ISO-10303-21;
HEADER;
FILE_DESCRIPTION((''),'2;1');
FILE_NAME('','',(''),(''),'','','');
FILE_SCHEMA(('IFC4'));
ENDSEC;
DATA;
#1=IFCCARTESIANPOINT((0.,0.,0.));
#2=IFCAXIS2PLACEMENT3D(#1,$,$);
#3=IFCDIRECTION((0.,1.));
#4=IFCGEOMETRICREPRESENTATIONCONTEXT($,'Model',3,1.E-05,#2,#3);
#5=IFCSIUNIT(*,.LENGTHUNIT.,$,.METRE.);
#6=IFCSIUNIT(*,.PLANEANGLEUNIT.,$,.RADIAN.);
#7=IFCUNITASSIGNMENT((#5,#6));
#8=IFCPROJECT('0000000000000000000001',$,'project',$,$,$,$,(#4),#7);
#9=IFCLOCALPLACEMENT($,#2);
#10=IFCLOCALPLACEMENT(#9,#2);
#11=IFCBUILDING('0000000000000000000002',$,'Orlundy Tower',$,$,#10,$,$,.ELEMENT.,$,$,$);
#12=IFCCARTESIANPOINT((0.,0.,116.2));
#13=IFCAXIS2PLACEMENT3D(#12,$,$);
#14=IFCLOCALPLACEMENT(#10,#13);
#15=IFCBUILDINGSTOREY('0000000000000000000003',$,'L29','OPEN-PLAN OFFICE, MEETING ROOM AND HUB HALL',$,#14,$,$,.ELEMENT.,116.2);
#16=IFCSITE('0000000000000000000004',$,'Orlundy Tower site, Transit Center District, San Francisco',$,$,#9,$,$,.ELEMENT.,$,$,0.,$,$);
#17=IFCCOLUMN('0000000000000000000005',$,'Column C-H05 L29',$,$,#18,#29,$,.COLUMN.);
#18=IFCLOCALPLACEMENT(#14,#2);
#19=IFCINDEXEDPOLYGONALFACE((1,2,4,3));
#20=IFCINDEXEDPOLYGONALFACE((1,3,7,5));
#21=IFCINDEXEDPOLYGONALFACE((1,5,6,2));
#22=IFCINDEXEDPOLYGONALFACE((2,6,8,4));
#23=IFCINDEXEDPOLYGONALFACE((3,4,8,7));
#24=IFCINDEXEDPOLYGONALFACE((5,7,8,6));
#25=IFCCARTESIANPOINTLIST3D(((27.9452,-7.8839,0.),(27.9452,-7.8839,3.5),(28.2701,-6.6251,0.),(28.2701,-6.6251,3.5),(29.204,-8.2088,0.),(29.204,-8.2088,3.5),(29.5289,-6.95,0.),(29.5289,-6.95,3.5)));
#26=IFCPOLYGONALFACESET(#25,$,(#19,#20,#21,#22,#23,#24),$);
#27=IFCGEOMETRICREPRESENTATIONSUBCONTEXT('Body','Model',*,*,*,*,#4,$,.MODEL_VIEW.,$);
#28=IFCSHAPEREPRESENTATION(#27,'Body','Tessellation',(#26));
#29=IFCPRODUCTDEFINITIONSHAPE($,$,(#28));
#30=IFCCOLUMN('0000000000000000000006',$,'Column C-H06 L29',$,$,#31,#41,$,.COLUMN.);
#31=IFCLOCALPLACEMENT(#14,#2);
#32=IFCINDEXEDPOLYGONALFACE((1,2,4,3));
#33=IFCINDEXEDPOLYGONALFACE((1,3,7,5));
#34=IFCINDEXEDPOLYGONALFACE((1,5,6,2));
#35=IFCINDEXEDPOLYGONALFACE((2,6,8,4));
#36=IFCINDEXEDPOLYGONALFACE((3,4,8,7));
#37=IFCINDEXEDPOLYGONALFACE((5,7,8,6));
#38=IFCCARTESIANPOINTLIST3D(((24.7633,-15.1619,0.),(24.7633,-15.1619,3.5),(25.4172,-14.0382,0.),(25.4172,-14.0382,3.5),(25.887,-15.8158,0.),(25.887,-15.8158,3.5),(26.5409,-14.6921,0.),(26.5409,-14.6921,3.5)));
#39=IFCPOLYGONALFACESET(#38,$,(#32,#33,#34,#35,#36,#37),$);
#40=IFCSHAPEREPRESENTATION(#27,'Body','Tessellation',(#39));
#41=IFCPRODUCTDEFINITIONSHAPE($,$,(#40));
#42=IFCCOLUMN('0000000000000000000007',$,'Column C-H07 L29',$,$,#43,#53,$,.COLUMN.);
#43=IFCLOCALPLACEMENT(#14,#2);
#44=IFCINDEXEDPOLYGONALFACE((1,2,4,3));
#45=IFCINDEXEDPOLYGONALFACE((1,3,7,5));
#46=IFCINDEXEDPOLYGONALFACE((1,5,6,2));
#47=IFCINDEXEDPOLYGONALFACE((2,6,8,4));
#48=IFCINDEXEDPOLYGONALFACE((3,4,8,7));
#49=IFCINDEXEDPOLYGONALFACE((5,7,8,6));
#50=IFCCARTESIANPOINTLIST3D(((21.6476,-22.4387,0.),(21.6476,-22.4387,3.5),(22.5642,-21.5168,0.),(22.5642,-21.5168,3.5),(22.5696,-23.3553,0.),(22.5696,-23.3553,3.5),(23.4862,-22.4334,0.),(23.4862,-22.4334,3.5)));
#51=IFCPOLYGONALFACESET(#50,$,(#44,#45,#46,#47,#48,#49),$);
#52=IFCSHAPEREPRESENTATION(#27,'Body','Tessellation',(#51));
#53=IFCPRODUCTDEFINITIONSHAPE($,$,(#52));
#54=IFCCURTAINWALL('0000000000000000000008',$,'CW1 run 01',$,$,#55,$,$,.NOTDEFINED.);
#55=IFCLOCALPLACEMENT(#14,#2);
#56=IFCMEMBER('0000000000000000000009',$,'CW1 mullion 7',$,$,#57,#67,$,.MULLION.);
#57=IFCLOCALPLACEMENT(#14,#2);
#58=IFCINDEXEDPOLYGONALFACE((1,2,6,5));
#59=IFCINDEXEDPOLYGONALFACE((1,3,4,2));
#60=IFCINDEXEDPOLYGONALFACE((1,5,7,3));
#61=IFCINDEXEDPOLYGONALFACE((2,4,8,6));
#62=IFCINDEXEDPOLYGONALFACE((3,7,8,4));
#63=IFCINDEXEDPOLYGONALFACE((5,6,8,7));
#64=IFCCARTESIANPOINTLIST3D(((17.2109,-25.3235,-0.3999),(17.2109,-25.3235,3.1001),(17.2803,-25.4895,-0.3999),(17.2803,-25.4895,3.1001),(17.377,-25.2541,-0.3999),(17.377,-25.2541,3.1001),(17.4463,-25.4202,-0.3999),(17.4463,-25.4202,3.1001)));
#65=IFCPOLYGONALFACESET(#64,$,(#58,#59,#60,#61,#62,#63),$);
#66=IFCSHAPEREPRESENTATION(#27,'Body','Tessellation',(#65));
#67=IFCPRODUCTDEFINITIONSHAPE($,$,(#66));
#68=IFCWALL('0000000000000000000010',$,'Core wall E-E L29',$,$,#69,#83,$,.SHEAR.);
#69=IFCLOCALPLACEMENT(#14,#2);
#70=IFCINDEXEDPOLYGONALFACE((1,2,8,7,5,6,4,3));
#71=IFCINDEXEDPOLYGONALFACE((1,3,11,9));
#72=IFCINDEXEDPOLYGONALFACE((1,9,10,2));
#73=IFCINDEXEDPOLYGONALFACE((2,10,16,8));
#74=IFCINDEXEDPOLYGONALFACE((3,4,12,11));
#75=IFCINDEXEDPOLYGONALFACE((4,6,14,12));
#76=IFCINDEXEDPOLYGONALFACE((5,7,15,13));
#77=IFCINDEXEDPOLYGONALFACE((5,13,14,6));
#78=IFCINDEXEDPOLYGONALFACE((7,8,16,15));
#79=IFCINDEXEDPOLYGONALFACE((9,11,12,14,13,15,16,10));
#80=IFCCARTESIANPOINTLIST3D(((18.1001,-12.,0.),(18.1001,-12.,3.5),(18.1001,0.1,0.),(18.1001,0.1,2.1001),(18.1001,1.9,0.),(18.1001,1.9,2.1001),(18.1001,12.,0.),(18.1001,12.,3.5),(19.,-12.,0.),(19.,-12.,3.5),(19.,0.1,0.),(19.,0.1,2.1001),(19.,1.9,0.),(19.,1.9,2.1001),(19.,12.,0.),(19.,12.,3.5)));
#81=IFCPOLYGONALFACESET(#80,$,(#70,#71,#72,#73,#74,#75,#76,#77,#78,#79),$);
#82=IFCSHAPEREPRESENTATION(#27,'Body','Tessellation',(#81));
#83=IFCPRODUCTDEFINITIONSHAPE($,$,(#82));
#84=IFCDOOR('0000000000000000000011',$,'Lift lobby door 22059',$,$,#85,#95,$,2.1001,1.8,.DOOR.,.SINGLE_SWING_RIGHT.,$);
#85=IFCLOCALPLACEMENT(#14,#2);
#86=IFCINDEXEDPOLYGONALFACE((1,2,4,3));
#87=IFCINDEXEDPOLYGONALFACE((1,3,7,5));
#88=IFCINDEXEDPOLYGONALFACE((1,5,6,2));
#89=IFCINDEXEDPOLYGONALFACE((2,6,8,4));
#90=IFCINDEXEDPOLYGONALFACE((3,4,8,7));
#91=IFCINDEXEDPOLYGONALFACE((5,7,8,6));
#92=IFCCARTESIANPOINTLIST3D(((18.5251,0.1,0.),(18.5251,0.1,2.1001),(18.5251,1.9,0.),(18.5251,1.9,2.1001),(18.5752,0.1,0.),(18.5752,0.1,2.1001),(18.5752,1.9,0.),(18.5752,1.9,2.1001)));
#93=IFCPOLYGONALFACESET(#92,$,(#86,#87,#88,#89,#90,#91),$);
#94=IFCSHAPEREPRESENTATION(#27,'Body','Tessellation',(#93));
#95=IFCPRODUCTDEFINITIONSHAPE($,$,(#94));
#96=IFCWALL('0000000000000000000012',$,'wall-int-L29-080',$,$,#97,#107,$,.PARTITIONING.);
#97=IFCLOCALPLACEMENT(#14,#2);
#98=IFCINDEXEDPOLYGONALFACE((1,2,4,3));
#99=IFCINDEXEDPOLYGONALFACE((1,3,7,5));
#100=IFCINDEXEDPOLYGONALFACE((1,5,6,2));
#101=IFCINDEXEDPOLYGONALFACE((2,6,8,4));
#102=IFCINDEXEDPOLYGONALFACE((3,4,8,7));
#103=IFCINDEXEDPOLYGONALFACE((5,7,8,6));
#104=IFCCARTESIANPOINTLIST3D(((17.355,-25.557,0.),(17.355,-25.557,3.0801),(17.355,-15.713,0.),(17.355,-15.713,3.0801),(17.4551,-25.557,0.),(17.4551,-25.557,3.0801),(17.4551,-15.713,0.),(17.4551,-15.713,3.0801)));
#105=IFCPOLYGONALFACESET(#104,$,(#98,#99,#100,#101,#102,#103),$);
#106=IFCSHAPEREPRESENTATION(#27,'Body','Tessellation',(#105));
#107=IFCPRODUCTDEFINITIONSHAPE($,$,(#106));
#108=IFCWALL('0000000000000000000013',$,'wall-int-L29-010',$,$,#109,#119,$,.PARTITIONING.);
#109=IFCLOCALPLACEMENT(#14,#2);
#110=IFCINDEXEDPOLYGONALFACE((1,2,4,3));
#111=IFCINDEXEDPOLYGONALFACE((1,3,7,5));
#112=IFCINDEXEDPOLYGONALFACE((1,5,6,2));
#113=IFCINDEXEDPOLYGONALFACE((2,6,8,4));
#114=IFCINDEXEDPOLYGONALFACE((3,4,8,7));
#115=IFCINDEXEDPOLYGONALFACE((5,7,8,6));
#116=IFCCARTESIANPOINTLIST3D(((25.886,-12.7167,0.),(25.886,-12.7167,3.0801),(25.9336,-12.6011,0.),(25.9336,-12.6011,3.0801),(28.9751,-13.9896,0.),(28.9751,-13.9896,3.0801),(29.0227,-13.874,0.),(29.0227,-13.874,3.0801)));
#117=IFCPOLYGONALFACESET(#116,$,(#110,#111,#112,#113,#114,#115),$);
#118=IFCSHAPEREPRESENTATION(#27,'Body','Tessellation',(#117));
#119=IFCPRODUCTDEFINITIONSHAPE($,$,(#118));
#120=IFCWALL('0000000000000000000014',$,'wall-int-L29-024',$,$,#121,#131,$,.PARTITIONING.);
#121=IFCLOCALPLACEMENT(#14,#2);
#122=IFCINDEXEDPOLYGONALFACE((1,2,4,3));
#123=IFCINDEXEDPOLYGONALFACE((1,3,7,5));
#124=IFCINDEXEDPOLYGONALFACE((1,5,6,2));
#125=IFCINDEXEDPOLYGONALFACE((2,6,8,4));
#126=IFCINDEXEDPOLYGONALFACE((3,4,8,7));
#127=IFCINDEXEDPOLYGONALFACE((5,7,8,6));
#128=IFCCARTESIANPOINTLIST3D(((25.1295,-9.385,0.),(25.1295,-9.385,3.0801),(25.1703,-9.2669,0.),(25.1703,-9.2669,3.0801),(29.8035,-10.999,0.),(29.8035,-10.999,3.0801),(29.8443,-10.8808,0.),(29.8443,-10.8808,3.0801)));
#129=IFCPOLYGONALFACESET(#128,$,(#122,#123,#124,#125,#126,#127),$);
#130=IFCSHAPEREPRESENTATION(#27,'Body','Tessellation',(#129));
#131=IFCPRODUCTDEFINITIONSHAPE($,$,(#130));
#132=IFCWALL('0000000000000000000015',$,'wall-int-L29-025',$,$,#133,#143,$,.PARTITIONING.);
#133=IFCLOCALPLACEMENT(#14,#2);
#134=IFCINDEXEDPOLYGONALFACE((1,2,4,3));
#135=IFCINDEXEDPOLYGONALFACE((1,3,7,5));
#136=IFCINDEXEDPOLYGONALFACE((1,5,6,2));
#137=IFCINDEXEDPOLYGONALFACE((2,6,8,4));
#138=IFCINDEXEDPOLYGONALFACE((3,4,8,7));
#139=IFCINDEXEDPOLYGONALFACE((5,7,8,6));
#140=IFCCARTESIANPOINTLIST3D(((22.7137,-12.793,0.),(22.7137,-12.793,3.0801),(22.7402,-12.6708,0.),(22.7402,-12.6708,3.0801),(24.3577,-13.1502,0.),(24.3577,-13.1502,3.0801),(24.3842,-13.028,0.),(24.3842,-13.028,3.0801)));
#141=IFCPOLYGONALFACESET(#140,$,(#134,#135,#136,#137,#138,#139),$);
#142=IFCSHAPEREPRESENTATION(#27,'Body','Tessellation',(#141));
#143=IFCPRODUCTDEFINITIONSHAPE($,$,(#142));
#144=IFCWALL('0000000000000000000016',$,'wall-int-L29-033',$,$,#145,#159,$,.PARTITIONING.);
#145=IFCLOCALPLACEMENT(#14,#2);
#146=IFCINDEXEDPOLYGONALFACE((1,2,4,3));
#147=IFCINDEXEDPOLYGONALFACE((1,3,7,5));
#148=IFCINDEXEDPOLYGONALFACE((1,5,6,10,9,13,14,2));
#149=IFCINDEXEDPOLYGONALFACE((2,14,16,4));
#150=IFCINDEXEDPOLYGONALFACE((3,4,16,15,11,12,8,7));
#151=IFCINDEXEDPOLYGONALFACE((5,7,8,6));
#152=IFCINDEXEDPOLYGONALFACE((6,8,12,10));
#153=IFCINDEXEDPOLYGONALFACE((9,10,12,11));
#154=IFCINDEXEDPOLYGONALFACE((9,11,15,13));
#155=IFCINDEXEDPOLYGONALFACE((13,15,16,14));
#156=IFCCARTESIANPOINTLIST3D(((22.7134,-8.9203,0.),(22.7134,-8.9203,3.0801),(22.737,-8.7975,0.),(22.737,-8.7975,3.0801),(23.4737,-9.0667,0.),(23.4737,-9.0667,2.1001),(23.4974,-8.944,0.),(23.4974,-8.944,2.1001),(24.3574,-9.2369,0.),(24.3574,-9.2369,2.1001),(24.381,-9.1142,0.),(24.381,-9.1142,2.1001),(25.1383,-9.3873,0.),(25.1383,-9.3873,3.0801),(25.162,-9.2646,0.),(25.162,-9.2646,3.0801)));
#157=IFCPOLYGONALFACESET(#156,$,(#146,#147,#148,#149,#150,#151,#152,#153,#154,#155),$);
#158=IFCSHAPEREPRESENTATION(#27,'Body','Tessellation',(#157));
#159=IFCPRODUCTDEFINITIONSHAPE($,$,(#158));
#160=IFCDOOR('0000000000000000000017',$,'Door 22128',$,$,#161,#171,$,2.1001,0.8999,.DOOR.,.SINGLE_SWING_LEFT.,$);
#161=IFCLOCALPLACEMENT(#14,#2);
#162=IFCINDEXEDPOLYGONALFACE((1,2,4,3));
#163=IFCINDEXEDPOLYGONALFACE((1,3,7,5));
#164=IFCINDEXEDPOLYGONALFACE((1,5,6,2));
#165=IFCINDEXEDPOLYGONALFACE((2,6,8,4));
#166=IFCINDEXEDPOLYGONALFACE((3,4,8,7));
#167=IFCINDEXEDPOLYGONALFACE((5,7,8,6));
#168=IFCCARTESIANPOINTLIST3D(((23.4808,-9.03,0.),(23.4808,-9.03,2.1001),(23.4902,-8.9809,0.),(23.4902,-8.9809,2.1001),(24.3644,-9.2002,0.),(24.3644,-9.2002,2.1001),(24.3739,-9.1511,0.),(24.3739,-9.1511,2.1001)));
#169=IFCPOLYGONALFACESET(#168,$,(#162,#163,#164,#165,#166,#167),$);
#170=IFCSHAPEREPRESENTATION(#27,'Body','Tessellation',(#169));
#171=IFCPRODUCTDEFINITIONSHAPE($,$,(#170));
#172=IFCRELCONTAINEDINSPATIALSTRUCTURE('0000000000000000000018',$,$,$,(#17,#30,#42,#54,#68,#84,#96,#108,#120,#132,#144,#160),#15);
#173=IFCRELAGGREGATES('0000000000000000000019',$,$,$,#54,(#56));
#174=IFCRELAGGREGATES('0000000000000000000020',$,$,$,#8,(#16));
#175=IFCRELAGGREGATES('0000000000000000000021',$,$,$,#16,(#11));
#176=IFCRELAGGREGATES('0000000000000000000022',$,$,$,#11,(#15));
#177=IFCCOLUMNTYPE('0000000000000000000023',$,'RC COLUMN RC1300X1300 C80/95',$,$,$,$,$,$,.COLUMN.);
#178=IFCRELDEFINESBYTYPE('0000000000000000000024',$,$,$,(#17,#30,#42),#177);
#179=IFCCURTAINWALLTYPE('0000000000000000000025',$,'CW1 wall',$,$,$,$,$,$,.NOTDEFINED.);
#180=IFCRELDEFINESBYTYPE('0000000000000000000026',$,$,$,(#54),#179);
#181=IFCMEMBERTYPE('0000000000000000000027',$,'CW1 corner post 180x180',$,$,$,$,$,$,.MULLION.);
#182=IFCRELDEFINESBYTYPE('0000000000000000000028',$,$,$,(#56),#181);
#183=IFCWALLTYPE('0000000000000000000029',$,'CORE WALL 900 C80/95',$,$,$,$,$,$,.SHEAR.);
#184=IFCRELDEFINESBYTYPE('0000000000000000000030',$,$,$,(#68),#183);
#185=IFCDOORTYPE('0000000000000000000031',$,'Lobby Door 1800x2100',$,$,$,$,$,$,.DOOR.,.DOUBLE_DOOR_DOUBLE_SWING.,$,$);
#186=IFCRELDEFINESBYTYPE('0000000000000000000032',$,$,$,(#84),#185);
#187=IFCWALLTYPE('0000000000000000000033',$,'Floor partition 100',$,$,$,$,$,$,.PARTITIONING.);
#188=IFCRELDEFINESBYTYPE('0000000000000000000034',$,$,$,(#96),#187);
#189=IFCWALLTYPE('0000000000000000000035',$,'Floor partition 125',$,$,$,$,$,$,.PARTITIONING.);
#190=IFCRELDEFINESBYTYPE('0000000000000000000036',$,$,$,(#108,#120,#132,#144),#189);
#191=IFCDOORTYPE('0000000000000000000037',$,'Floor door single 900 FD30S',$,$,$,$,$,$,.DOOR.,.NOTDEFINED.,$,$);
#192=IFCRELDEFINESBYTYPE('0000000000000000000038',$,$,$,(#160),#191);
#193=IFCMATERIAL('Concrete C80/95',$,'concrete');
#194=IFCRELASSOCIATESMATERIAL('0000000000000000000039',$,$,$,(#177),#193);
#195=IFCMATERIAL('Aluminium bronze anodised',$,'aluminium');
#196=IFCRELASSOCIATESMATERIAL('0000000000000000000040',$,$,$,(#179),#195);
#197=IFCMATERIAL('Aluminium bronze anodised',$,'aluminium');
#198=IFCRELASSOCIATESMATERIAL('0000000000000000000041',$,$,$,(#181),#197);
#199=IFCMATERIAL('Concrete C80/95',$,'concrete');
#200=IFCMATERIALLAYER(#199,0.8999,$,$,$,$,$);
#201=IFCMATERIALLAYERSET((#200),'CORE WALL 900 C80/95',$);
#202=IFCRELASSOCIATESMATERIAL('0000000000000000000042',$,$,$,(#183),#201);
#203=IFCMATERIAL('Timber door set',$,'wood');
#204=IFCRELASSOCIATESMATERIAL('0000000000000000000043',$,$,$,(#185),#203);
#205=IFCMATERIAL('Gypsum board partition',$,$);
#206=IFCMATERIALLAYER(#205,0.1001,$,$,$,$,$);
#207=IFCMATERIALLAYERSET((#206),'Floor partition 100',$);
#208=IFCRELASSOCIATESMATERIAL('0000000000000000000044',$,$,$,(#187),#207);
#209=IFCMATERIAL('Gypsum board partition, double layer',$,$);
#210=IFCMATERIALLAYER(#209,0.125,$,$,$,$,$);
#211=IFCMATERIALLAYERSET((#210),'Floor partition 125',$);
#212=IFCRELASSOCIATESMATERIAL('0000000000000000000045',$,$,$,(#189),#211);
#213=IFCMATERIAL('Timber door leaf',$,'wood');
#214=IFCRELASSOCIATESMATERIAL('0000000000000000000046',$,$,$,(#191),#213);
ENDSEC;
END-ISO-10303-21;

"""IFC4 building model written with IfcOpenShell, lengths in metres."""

from ifc_helpers import new_model, si_unit, direction, frame, frame_2d, origin, origin_2d, place, context, subcontext, project, spatial, rectangle, extrude, material, layer, layer_set, material_profile, profile_set, type_object, element, fill, aggregate, save


model = new_model("IFC4")

# Units and contexts
model_context = context("Model", 3, precision=1e-05, world=origin(), true_north=direction((0.0, 1.0)))
body_context = subcontext(model_context, "Body", "Model", "MODEL_VIEW")
ifc_project = project(units=[si_unit("LENGTHUNIT", "METRE"), si_unit("PLANEANGLEUNIT", "RADIAN")], contexts=[model_context])

# Site, building, storey
site_placement = place(None, origin())
site = spatial("IfcSite", under=ifc_project, at=site_placement, Name="Orlundy Tower site, Transit Center District, San Francisco", CompositionType="ELEMENT", RefElevation=0.0)
building_placement = place(site_placement, origin())
building = spatial("IfcBuilding", under=site, at=building_placement, Name="Orlundy Tower", CompositionType="ELEMENT")
storey_placement = place(building_placement, frame((0.0, 0.0, 116.2)))
storey = spatial("IfcBuildingStorey", under=building, at=storey_placement, Name="L29", Description="OPEN-PLAN OFFICE, MEETING ROOM AND HUB HALL", CompositionType="ELEMENT", Elevation=116.2)

# Columns
ifc_material_1 = material(Name="Concrete C80/95", Category="concrete")
ifc_material_profile_1 = material_profile(ifc_material_1, rectangle(XDim=1.3, YDim=1.3, at=origin_2d()), Name="RC1300X1300")
ifc_profile_set_1 = profile_set([ifc_material_profile_1], Name="Concrete C80/95")
column_type = type_object("IfcColumnType", Name="RC COLUMN RC1300X1300 C80/95", PredefinedType="COLUMN", material=ifc_profile_set_1)
for number, where, z_axis, x_axis, name in (
    (1, (28.7371, -7.417, 0.0), (0.0, 0.0, 1.0), (0.96827, -0.249907, 0.0), "Column C-H05 L29"),
    (2, (25.6521, -14.927, 0.0), (0.0, 0.0, 1.0), (0.864319, -0.502945, 0.0), "Column C-H06 L29"),
    (3, (22.5669, -22.436, 0.0), (0.0, 0.0, 1.0), (0.709165, -0.705043, 0.0), "Column C-H07 L29"),
):
    element("IfcColumn", number, at=place(storey_placement, frame(where, z_axis=z_axis, x_axis=x_axis)), inside=storey, type_object=column_type, Name=name, PredefinedType="COLUMN", context=body_context, shape_type="SweptSolid", body=[
        extrude(rectangle(XDim=1.3, YDim=1.3, at=origin_2d()), origin(), (0.0, 0.0, 1.0), 3.5),
    ])

# Curtain wall, member
ifc_material_2 = material(Name="Aluminium bronze anodised", Category="aluminium")
curtain_wall_type = type_object("IfcCurtainWallType", Name="CW1 wall", PredefinedType="NOTDEFINED", material=ifc_material_2)
curtain_wall_placement = place(storey_placement, origin())
curtain_wall = element("IfcCurtainWall", 4, at=curtain_wall_placement, inside=storey, type_object=curtain_wall_type, Name="CW1 run 01", PredefinedType="NOTDEFINED")
ifc_material_3 = material(Name="Aluminium bronze anodised", Category="aluminium")
ifc_material_profile_2 = material_profile(ifc_material_3, rectangle(XDim=0.1799, YDim=0.1799, at=origin_2d()), Name="CW1 corner post 180x180")
ifc_profile_set_2 = profile_set([ifc_material_profile_2], Name="Aluminium bronze anodised")
member_type = type_object("IfcMemberType", Name="CW1 corner post 180x180", PredefinedType="MULLION", material=ifc_profile_set_2)
member_placement = place(storey_placement, frame((17.3286, -25.3718, -0.3999), z_axis=(0.0, 0.0, 1.0), x_axis=(0.385377, -0.922759, 0.0)))
member = element("IfcMember", 5, at=member_placement, type_object=member_type, Name="CW1 mullion 7", PredefinedType="MULLION", context=body_context, shape_type="SweptSolid", body=[
    extrude(rectangle(XDim=0.1799, YDim=0.1799, at=origin_2d()), origin(), (0.0, 0.0, 1.0), 3.5),
])
aggregate(curtain_wall, [member])

# Wall, opening, door
ifc_material_4 = material(Name="Concrete C80/95", Category="concrete")
ifc_layer_1 = layer(ifc_material_4, 0.8999)
ifc_layer_set_1 = layer_set([ifc_layer_1], Name="CORE WALL 900 C80/95")
wall_type_1 = type_object("IfcWallType", Name="CORE WALL 900 C80/95", PredefinedType="SHEAR", material=ifc_layer_set_1)
wall_1_placement = place(storey_placement, frame((18.55, -12.0, 0.0), z_axis=(0.0, 0.0, 1.0), x_axis=(0.0, 1.0, 0.0)))
wall_1 = element("IfcWall", 6, at=wall_1_placement, inside=storey, type_object=wall_type_1, Name="Core wall E-E L29", PredefinedType="SHEAR", context=body_context, shape_type="SweptSolid", body=[
    extrude(rectangle(XDim=24.0, YDim=0.8999, at=frame_2d((12.0, 0.0))), origin(), (0.0, 0.0, 1.0), 3.5),
])
opening_1_placement = place(wall_1_placement, frame((12.1001, 0.0, 0.0)))
opening_1 = element("IfcOpeningElement", 7, at=opening_1_placement, cuts=wall_1, PredefinedType="OPENING", context=body_context, shape_type="SweptSolid", body=[
    extrude(rectangle(XDim=1.8, YDim=2.1001, at=frame_2d((0.8999, 1.05))), frame((0.0, 0.46, 0.0), z_axis=(0.0, -1.0, 0.0), x_axis=(1.0, 0.0, 0.0)), (0.0, 0.0, 1.0), 0.9199),
])
ifc_material_5 = material(Name="Timber door set", Category="wood")
door_type_1 = type_object("IfcDoorType", Name="Lobby Door 1800x2100", OperationType="DOUBLE_DOOR_DOUBLE_SWING", PredefinedType="DOOR", material=ifc_material_5)
door_1_placement = place(opening_1_placement, origin())
door_1 = element("IfcDoor", 8, at=door_1_placement, inside=storey, type_object=door_type_1, Name="Lift lobby door 22059", OperationType="SINGLE_SWING_RIGHT", OverallHeight=2.1001, OverallWidth=1.8, PredefinedType="DOOR", context=body_context, shape_type="SweptSolid", body=[
    extrude(rectangle(XDim=1.8, YDim=2.1001, at=frame_2d((0.8999, 1.05))), frame((0.0, 0.0249, 0.0), z_axis=(0.0, -1.0, 0.0), x_axis=(1.0, 0.0, 0.0)), (0.0, 0.0, 1.0), 0.05),
])
fill(opening_1, door_1)

# Walls
ifc_material_6 = material(Name="Gypsum board partition")
ifc_layer_2 = layer(ifc_material_6, 0.1001)
ifc_layer_set_2 = layer_set([ifc_layer_2], Name="Floor partition 100")
wall_type_2 = type_object("IfcWallType", Name="Floor partition 100", PredefinedType="PARTITIONING", material=ifc_layer_set_2)
wall_2_placement = place(storey_placement, frame((17.405, -25.5569, 0.0), z_axis=(0.0, 0.0, 1.0), x_axis=(0.0, 1.0, 0.0)))
element("IfcWall", 9, at=wall_2_placement, inside=storey, type_object=wall_type_2, Name="wall-int-L29-080", PredefinedType="PARTITIONING", context=body_context, shape_type="SweptSolid", body=[
    extrude(rectangle(XDim=9.844, YDim=0.1001, at=frame_2d((4.9219, 0.0))), origin(), (0.0, 0.0, 1.0), 3.0801),
])
ifc_material_7 = material(Name="Gypsum board partition, double layer")
ifc_layer_3 = layer(ifc_material_7, 0.125)
ifc_layer_set_3 = layer_set([ifc_layer_3], Name="Floor partition 125")
wall_type_3 = type_object("IfcWallType", Name="Floor partition 125", PredefinedType="PARTITIONING", material=ifc_layer_set_3)
wall_3_placement = place(storey_placement, frame((25.9099, -12.6589, 0.0), z_axis=(0.0, 0.0, 1.0), x_axis=(0.924577, -0.380996, 0.0)))
element("IfcWall", 10, at=wall_3_placement, inside=storey, type_object=wall_type_3, Name="wall-int-L29-010", PredefinedType="PARTITIONING", context=body_context, shape_type="SweptSolid", body=[
    extrude(rectangle(XDim=3.3411, YDim=0.125, at=frame_2d((1.6704, 0.0))), origin(), (0.0, 0.0, 1.0), 3.0801),
])
wall_4_placement = place(storey_placement, frame((25.1499, -9.3259, 0.0), z_axis=(0.0, 0.0, 1.0), x_axis=(0.945232, -0.3264, 0.0)))
element("IfcWall", 11, at=wall_4_placement, inside=storey, type_object=wall_type_3, Name="wall-int-L29-024", PredefinedType="PARTITIONING", context=body_context, shape_type="SweptSolid", body=[
    extrude(rectangle(XDim=4.9448, YDim=0.125, at=frame_2d((2.4724, 0.0))), origin(), (0.0, 0.0, 1.0), 3.0801),
])
wall_5_placement = place(storey_placement, frame((24.3711, -13.0891, 0.0), z_axis=(0.0, 0.0, 1.0), x_axis=(-0.977204, 0.212303, 0.0)))
element("IfcWall", 12, at=wall_5_placement, inside=storey, type_object=wall_type_3, Name="wall-int-L29-025", PredefinedType="PARTITIONING", context=body_context, shape_type="SweptSolid", body=[
    extrude(rectangle(XDim=1.6824, YDim=0.125, at=frame_2d((0.8413, 0.0))), origin(), (0.0, 0.0, 1.0), 3.0801),
])

# Wall, opening, door
wall_6_placement = place(storey_placement, frame((22.7251, -8.8589, 0.0), z_axis=(0.0, 0.0, 1.0), x_axis=(0.981951, -0.189133, 0.0)))
wall_6 = element("IfcWall", 13, at=wall_6_placement, inside=storey, type_object=wall_type_3, Name="wall-int-L29-033", PredefinedType="PARTITIONING", context=body_context, shape_type="SweptSolid", body=[
    extrude(rectangle(XDim=2.4695, YDim=0.125, at=frame_2d((1.2349, 0.0))), origin(), (0.0, 0.0, 1.0), 3.0801),
])
opening_2_placement = place(wall_6_placement, frame((0.7744, 0.0, 0.0)))
opening_2 = element("IfcOpeningElement", 14, at=opening_2_placement, cuts=wall_6, PredefinedType="OPENING", context=body_context, shape_type="SweptSolid", body=[
    extrude(rectangle(XDim=0.8999, YDim=2.1001, at=frame_2d((0.45, 1.05))), frame((0.0, 0.0725, 0.0), z_axis=(0.0, -1.0, 0.0), x_axis=(1.0, 0.0, 0.0)), (0.0, 0.0, 1.0), 0.145),
])
ifc_material_8 = material(Name="Timber door leaf", Category="wood")
door_type_2 = type_object("IfcDoorType", Name="Floor door single 900 FD30S", OperationType="NOTDEFINED", PredefinedType="DOOR", material=ifc_material_8)
door_2_placement = place(opening_2_placement, origin())
door_2 = element("IfcDoor", 15, at=door_2_placement, inside=storey, type_object=door_type_2, Name="Door 22128", OperationType="SINGLE_SWING_LEFT", OverallHeight=2.1001, OverallWidth=0.8999, PredefinedType="DOOR", context=body_context, shape_type="SweptSolid", body=[
    extrude(rectangle(XDim=0.8999, YDim=2.1001, at=frame_2d((0.45, 1.05))), frame((0.0, 0.0249, 0.0), z_axis=(0.0, -1.0, 0.0), x_axis=(1.0, 0.0, 0.0)), (0.0, 0.0, 1.0), 0.05),
])
fill(opening_2, door_2)

save(model, "model.ifc")
